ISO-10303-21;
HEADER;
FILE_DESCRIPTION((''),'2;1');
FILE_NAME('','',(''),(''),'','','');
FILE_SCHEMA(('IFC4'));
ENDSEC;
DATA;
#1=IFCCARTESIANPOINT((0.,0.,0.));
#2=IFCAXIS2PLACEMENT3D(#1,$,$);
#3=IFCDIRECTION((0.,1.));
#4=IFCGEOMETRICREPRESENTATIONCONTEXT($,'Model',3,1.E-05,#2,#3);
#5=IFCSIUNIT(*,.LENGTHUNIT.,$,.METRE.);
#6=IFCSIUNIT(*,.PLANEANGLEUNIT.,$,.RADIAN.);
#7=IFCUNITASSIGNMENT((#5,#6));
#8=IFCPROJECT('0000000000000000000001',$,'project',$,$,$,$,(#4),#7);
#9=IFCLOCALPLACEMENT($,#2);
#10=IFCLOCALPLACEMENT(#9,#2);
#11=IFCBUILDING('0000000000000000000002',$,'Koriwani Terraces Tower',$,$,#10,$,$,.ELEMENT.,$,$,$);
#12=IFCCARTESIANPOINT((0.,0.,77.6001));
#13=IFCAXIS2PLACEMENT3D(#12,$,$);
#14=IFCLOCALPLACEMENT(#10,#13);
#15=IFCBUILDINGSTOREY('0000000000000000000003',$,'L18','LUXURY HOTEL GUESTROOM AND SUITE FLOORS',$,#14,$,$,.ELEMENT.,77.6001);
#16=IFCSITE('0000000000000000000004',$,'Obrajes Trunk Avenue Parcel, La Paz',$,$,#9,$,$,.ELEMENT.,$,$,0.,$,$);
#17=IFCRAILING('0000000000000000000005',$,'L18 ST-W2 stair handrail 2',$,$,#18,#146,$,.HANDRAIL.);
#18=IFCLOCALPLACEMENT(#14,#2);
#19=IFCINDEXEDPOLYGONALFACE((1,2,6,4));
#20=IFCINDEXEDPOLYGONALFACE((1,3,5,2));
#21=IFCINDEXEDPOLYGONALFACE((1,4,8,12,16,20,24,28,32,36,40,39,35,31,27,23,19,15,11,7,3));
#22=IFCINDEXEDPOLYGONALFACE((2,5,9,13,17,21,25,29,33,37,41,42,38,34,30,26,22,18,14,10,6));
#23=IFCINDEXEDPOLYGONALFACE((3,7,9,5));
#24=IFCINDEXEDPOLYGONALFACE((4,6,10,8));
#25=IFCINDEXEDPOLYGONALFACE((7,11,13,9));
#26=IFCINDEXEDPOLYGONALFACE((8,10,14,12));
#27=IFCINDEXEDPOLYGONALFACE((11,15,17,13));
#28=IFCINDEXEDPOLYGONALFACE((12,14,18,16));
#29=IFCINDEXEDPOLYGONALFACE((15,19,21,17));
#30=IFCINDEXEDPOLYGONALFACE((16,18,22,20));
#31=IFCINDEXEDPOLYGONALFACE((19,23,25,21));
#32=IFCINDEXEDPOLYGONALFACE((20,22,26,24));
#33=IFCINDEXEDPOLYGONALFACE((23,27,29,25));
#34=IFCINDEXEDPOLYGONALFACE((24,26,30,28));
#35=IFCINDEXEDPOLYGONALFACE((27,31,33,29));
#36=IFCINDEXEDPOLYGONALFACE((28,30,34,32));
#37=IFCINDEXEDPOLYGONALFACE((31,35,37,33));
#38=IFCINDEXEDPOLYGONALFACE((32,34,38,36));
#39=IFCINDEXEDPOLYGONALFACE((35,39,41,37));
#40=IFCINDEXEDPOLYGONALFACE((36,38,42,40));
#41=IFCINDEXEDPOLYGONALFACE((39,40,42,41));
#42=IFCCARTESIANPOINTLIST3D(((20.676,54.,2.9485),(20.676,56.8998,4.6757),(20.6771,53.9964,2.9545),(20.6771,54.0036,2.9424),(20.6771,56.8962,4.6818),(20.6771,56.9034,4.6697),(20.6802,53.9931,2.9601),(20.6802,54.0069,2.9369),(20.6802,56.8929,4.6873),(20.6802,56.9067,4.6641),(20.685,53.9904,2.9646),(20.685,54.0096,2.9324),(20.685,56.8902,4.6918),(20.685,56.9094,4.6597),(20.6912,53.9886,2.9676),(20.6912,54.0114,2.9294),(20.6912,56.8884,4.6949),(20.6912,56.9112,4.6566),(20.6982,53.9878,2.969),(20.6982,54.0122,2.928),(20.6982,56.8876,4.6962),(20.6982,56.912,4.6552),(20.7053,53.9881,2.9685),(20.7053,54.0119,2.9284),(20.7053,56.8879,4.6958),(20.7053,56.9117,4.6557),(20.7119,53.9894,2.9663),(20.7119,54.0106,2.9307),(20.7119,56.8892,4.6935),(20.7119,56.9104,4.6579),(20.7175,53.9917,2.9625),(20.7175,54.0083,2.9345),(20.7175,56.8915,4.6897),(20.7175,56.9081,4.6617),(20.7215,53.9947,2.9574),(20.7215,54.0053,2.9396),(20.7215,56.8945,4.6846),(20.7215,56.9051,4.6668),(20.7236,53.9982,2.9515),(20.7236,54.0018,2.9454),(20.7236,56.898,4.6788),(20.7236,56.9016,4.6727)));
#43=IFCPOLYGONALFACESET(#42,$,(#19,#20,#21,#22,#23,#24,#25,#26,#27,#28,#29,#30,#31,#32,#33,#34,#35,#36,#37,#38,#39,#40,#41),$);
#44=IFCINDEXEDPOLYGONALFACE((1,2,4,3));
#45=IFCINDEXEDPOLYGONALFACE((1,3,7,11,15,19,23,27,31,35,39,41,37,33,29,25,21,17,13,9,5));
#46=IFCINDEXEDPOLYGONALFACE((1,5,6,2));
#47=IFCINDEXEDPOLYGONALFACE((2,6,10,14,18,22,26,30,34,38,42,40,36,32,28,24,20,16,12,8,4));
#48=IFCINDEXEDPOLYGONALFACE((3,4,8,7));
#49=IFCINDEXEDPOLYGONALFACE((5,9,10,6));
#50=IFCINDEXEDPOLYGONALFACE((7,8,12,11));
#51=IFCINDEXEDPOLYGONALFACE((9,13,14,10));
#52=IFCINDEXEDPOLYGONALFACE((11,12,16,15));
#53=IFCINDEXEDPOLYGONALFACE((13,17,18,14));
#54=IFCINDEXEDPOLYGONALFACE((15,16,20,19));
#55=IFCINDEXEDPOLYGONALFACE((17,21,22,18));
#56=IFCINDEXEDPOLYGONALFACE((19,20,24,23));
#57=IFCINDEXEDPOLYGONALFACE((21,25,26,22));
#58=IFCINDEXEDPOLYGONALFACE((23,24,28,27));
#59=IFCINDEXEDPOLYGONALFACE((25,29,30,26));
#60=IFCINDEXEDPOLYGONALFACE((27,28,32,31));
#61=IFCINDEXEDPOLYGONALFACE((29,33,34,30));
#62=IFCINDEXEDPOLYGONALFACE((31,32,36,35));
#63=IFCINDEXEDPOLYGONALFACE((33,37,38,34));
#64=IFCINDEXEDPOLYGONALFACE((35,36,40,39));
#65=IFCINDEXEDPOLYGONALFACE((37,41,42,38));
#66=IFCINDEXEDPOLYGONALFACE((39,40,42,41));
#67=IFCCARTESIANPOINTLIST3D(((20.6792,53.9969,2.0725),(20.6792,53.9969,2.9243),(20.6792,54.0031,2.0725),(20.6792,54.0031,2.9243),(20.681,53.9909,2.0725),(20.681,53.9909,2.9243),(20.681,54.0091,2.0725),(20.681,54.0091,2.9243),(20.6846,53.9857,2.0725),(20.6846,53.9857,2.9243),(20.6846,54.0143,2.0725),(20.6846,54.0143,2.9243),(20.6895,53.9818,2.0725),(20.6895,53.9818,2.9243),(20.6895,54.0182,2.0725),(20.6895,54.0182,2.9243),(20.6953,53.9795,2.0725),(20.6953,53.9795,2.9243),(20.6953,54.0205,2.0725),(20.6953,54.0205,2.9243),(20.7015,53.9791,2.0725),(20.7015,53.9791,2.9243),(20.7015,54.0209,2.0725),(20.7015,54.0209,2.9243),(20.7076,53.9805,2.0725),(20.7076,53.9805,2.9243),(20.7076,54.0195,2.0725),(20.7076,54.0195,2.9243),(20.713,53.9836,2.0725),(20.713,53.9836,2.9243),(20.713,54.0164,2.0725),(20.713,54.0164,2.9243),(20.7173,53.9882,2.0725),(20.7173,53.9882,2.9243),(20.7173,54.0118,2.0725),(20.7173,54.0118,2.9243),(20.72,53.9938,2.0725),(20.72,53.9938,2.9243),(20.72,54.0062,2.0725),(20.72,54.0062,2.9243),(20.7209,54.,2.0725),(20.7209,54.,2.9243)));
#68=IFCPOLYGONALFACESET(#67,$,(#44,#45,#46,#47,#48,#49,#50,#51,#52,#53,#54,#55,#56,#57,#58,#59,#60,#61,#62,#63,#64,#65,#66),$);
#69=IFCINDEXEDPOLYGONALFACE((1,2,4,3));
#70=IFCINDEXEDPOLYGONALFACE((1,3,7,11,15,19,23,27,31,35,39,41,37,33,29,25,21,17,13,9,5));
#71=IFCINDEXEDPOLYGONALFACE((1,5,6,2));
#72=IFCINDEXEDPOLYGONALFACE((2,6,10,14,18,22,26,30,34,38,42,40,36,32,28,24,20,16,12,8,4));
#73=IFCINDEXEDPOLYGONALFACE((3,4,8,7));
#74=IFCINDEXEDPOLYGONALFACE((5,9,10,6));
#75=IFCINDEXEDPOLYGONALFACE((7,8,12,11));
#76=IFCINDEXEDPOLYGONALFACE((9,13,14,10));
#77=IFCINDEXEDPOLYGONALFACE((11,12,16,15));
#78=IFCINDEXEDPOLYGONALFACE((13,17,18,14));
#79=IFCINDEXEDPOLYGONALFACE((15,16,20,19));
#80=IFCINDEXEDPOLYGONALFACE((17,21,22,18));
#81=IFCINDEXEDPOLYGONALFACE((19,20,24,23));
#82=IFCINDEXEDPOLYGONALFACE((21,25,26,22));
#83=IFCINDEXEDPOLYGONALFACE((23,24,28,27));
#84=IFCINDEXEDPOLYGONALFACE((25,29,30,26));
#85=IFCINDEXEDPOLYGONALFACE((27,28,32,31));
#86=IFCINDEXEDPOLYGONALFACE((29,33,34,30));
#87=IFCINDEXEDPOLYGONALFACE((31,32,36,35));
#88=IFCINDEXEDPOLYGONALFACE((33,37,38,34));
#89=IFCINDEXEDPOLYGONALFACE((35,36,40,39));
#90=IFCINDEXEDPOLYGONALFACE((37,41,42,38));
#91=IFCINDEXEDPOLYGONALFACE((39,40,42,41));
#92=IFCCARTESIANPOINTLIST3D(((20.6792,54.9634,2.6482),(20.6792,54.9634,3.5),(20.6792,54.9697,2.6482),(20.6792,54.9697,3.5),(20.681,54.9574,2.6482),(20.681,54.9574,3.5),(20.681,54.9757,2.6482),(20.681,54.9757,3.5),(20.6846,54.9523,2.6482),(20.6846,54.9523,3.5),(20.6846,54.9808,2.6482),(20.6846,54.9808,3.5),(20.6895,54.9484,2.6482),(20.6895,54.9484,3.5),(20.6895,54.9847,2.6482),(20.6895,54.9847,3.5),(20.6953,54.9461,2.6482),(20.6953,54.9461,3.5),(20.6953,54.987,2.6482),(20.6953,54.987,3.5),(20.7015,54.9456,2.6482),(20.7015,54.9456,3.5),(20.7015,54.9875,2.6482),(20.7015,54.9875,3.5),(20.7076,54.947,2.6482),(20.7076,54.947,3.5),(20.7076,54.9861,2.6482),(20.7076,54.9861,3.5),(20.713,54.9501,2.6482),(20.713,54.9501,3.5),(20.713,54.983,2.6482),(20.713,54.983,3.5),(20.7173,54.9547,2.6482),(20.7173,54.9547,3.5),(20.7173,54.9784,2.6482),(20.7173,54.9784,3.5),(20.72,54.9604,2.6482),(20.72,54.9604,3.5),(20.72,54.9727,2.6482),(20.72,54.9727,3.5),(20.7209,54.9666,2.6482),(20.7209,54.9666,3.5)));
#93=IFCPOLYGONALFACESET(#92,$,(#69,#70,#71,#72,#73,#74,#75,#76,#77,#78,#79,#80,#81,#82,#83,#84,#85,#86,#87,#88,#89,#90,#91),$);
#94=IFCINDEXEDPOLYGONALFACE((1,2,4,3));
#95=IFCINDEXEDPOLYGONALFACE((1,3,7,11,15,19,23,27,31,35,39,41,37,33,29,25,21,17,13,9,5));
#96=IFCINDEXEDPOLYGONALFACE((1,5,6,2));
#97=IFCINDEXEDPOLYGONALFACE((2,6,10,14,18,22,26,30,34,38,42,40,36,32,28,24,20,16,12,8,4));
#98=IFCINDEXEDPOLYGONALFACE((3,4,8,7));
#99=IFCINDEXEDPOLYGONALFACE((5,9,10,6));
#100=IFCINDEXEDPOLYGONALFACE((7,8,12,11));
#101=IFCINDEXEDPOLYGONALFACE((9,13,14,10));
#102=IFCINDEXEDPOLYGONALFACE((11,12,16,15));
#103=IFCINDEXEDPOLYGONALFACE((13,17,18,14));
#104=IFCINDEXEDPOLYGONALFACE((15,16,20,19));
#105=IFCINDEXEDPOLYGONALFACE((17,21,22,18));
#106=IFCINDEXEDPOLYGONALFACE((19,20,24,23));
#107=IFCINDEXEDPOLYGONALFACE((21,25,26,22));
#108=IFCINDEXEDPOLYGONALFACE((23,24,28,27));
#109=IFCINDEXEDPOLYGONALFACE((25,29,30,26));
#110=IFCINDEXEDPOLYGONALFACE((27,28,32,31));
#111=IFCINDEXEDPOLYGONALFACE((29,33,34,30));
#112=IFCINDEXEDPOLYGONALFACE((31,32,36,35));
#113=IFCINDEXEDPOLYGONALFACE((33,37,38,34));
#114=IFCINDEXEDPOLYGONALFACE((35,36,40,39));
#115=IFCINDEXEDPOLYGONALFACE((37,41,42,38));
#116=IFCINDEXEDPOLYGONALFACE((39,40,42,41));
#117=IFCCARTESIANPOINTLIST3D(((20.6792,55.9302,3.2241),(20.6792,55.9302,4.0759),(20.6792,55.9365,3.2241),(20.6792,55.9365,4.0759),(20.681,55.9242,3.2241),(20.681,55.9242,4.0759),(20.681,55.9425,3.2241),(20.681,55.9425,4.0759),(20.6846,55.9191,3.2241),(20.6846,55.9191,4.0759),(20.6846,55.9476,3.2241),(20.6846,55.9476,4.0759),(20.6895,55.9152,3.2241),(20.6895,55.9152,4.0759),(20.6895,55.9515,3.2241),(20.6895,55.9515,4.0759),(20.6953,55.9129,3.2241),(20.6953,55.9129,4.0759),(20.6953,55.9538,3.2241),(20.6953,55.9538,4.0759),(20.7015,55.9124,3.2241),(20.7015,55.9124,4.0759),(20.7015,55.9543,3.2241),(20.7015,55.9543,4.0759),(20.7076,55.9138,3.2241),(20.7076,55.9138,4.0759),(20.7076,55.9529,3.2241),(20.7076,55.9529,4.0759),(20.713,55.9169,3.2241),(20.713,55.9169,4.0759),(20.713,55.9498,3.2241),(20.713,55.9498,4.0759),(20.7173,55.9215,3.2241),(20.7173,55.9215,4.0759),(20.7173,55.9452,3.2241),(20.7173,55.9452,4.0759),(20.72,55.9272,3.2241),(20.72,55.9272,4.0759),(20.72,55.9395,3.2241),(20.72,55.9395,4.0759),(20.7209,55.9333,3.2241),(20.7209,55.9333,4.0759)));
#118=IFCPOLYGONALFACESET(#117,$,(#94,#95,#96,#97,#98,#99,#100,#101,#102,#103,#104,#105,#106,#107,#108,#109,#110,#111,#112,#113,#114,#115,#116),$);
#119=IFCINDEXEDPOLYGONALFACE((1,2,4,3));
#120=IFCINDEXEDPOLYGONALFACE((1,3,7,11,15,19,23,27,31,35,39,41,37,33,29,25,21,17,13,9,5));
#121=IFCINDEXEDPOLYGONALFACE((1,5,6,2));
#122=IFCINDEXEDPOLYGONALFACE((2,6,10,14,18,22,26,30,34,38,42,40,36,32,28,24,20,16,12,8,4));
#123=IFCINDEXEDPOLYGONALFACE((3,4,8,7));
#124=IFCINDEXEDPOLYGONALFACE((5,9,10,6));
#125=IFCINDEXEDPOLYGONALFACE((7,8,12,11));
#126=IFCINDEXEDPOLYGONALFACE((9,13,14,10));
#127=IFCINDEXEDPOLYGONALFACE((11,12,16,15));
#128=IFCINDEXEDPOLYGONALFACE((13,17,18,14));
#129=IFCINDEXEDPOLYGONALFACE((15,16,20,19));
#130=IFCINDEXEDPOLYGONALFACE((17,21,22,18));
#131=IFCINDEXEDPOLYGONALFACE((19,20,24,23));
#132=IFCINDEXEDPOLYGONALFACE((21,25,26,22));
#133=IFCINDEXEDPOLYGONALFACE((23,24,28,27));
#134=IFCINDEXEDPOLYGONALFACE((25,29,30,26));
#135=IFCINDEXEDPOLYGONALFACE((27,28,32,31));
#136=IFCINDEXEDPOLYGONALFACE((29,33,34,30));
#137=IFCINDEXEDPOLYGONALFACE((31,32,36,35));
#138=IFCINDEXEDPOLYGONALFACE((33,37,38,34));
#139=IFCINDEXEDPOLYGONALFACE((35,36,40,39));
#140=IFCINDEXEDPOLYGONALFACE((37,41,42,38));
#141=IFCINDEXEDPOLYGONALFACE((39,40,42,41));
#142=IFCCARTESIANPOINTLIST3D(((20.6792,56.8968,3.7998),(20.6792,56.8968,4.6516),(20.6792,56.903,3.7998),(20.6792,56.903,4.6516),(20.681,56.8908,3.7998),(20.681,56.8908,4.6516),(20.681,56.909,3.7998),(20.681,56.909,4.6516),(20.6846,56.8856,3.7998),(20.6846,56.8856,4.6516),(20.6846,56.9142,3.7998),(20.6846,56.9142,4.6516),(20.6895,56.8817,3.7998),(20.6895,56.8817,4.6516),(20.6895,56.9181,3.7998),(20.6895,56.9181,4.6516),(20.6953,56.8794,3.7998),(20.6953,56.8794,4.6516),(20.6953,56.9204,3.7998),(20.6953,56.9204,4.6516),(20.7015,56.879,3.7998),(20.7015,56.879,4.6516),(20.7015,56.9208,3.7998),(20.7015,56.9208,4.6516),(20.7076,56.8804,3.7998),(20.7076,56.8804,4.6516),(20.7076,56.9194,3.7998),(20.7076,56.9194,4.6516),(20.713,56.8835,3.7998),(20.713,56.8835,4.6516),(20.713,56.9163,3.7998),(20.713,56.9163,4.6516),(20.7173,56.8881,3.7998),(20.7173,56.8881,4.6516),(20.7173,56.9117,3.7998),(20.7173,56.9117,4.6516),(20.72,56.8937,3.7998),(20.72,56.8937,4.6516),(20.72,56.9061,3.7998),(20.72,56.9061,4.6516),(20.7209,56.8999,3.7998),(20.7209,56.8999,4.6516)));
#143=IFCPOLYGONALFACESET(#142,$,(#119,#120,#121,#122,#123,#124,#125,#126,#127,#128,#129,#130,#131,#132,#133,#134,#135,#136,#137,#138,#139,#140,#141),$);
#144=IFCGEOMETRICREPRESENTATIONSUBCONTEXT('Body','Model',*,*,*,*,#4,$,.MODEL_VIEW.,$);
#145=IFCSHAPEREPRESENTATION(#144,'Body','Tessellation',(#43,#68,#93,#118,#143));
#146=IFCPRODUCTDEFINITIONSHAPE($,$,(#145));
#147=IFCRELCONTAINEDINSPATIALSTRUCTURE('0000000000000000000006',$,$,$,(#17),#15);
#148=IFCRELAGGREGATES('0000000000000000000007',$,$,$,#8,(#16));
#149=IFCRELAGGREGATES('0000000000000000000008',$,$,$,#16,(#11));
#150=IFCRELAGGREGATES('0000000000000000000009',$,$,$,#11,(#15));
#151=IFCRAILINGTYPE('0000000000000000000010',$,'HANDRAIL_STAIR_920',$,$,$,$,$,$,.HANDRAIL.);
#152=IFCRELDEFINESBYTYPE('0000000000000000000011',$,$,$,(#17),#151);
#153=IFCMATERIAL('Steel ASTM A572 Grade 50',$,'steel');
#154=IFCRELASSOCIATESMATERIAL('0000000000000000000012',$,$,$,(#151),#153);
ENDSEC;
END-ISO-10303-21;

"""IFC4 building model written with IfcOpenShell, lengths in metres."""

from ifc_helpers import new_model, si_unit, direction, frame, origin, origin_2d, place, context, subcontext, project, spatial, circle, extrude, material, type_object, element, save


model = new_model("IFC4")

# Units and contexts
model_context = context("Model", 3, precision=1e-05, world=origin(), true_north=direction((0.0, 1.0)))
body_context = subcontext(model_context, "Body", "Model", "MODEL_VIEW")
ifc_project = project(units=[si_unit("LENGTHUNIT", "METRE"), si_unit("PLANEANGLEUNIT", "RADIAN")], contexts=[model_context])

# Site, building, storey
site_placement = place(None, origin())
site = spatial("IfcSite", under=ifc_project, at=site_placement, Name="Obrajes Trunk Avenue Parcel, La Paz", CompositionType="ELEMENT", RefElevation=0.0)
building_placement = place(site_placement, origin())
building = spatial("IfcBuilding", under=site, at=building_placement, Name="Koriwani Terraces Tower", CompositionType="ELEMENT")
storey_placement = place(building_placement, frame((0.0, 0.0, 77.6001)))
storey = spatial("IfcBuildingStorey", under=building, at=storey_placement, Name="L18", Description="LUXURY HOTEL GUESTROOM AND SUITE FLOORS", CompositionType="ELEMENT", Elevation=77.6001)

# Shared definitions
ifc_material_1 = material(Name="Steel ASTM A572 Grade 50", Category="steel")

# Railing
railing_type_1 = type_object("IfcRailingType", Name="HANDRAIL_STAIR_920", PredefinedType="HANDRAIL", material=ifc_material_1)
railing_1_placement = place(storey_placement, frame((20.7, 54.0, 2.0725)))
element("IfcRailing", 1, at=railing_1_placement, inside=storey, type_object=railing_type_1, Name="L18 ST-W2 stair handrail 2", PredefinedType="HANDRAIL", context=body_context, shape_type="SweptSolid", body=[
    extrude(circle(Radius=0.0239, at=origin_2d()), frame((0.0, 0.0, 0.876), z_axis=(0.0, 0.859141, 0.511738), x_axis=(-1.0, 0.0, 0.0)), (0.0, 0.0, 1.0), 3.3752),
    extrude(circle(Radius=0.021, at=origin_2d()), origin(), (0.0, 0.0, 1.0), 0.8518),
    extrude(circle(Radius=0.021, at=origin_2d()), frame((0.0, 0.9666, 0.5757)), (0.0, 0.0, 1.0), 0.8518),
    extrude(circle(Radius=0.021, at=origin_2d()), frame((0.0, 1.9333, 1.1516)), (0.0, 0.0, 1.0), 0.8518),
    extrude(circle(Radius=0.021, at=origin_2d()), frame((0.0, 2.8999, 1.7273)), (0.0, 0.0, 1.0), 0.8518),
])

save(model, "model.ifc")
